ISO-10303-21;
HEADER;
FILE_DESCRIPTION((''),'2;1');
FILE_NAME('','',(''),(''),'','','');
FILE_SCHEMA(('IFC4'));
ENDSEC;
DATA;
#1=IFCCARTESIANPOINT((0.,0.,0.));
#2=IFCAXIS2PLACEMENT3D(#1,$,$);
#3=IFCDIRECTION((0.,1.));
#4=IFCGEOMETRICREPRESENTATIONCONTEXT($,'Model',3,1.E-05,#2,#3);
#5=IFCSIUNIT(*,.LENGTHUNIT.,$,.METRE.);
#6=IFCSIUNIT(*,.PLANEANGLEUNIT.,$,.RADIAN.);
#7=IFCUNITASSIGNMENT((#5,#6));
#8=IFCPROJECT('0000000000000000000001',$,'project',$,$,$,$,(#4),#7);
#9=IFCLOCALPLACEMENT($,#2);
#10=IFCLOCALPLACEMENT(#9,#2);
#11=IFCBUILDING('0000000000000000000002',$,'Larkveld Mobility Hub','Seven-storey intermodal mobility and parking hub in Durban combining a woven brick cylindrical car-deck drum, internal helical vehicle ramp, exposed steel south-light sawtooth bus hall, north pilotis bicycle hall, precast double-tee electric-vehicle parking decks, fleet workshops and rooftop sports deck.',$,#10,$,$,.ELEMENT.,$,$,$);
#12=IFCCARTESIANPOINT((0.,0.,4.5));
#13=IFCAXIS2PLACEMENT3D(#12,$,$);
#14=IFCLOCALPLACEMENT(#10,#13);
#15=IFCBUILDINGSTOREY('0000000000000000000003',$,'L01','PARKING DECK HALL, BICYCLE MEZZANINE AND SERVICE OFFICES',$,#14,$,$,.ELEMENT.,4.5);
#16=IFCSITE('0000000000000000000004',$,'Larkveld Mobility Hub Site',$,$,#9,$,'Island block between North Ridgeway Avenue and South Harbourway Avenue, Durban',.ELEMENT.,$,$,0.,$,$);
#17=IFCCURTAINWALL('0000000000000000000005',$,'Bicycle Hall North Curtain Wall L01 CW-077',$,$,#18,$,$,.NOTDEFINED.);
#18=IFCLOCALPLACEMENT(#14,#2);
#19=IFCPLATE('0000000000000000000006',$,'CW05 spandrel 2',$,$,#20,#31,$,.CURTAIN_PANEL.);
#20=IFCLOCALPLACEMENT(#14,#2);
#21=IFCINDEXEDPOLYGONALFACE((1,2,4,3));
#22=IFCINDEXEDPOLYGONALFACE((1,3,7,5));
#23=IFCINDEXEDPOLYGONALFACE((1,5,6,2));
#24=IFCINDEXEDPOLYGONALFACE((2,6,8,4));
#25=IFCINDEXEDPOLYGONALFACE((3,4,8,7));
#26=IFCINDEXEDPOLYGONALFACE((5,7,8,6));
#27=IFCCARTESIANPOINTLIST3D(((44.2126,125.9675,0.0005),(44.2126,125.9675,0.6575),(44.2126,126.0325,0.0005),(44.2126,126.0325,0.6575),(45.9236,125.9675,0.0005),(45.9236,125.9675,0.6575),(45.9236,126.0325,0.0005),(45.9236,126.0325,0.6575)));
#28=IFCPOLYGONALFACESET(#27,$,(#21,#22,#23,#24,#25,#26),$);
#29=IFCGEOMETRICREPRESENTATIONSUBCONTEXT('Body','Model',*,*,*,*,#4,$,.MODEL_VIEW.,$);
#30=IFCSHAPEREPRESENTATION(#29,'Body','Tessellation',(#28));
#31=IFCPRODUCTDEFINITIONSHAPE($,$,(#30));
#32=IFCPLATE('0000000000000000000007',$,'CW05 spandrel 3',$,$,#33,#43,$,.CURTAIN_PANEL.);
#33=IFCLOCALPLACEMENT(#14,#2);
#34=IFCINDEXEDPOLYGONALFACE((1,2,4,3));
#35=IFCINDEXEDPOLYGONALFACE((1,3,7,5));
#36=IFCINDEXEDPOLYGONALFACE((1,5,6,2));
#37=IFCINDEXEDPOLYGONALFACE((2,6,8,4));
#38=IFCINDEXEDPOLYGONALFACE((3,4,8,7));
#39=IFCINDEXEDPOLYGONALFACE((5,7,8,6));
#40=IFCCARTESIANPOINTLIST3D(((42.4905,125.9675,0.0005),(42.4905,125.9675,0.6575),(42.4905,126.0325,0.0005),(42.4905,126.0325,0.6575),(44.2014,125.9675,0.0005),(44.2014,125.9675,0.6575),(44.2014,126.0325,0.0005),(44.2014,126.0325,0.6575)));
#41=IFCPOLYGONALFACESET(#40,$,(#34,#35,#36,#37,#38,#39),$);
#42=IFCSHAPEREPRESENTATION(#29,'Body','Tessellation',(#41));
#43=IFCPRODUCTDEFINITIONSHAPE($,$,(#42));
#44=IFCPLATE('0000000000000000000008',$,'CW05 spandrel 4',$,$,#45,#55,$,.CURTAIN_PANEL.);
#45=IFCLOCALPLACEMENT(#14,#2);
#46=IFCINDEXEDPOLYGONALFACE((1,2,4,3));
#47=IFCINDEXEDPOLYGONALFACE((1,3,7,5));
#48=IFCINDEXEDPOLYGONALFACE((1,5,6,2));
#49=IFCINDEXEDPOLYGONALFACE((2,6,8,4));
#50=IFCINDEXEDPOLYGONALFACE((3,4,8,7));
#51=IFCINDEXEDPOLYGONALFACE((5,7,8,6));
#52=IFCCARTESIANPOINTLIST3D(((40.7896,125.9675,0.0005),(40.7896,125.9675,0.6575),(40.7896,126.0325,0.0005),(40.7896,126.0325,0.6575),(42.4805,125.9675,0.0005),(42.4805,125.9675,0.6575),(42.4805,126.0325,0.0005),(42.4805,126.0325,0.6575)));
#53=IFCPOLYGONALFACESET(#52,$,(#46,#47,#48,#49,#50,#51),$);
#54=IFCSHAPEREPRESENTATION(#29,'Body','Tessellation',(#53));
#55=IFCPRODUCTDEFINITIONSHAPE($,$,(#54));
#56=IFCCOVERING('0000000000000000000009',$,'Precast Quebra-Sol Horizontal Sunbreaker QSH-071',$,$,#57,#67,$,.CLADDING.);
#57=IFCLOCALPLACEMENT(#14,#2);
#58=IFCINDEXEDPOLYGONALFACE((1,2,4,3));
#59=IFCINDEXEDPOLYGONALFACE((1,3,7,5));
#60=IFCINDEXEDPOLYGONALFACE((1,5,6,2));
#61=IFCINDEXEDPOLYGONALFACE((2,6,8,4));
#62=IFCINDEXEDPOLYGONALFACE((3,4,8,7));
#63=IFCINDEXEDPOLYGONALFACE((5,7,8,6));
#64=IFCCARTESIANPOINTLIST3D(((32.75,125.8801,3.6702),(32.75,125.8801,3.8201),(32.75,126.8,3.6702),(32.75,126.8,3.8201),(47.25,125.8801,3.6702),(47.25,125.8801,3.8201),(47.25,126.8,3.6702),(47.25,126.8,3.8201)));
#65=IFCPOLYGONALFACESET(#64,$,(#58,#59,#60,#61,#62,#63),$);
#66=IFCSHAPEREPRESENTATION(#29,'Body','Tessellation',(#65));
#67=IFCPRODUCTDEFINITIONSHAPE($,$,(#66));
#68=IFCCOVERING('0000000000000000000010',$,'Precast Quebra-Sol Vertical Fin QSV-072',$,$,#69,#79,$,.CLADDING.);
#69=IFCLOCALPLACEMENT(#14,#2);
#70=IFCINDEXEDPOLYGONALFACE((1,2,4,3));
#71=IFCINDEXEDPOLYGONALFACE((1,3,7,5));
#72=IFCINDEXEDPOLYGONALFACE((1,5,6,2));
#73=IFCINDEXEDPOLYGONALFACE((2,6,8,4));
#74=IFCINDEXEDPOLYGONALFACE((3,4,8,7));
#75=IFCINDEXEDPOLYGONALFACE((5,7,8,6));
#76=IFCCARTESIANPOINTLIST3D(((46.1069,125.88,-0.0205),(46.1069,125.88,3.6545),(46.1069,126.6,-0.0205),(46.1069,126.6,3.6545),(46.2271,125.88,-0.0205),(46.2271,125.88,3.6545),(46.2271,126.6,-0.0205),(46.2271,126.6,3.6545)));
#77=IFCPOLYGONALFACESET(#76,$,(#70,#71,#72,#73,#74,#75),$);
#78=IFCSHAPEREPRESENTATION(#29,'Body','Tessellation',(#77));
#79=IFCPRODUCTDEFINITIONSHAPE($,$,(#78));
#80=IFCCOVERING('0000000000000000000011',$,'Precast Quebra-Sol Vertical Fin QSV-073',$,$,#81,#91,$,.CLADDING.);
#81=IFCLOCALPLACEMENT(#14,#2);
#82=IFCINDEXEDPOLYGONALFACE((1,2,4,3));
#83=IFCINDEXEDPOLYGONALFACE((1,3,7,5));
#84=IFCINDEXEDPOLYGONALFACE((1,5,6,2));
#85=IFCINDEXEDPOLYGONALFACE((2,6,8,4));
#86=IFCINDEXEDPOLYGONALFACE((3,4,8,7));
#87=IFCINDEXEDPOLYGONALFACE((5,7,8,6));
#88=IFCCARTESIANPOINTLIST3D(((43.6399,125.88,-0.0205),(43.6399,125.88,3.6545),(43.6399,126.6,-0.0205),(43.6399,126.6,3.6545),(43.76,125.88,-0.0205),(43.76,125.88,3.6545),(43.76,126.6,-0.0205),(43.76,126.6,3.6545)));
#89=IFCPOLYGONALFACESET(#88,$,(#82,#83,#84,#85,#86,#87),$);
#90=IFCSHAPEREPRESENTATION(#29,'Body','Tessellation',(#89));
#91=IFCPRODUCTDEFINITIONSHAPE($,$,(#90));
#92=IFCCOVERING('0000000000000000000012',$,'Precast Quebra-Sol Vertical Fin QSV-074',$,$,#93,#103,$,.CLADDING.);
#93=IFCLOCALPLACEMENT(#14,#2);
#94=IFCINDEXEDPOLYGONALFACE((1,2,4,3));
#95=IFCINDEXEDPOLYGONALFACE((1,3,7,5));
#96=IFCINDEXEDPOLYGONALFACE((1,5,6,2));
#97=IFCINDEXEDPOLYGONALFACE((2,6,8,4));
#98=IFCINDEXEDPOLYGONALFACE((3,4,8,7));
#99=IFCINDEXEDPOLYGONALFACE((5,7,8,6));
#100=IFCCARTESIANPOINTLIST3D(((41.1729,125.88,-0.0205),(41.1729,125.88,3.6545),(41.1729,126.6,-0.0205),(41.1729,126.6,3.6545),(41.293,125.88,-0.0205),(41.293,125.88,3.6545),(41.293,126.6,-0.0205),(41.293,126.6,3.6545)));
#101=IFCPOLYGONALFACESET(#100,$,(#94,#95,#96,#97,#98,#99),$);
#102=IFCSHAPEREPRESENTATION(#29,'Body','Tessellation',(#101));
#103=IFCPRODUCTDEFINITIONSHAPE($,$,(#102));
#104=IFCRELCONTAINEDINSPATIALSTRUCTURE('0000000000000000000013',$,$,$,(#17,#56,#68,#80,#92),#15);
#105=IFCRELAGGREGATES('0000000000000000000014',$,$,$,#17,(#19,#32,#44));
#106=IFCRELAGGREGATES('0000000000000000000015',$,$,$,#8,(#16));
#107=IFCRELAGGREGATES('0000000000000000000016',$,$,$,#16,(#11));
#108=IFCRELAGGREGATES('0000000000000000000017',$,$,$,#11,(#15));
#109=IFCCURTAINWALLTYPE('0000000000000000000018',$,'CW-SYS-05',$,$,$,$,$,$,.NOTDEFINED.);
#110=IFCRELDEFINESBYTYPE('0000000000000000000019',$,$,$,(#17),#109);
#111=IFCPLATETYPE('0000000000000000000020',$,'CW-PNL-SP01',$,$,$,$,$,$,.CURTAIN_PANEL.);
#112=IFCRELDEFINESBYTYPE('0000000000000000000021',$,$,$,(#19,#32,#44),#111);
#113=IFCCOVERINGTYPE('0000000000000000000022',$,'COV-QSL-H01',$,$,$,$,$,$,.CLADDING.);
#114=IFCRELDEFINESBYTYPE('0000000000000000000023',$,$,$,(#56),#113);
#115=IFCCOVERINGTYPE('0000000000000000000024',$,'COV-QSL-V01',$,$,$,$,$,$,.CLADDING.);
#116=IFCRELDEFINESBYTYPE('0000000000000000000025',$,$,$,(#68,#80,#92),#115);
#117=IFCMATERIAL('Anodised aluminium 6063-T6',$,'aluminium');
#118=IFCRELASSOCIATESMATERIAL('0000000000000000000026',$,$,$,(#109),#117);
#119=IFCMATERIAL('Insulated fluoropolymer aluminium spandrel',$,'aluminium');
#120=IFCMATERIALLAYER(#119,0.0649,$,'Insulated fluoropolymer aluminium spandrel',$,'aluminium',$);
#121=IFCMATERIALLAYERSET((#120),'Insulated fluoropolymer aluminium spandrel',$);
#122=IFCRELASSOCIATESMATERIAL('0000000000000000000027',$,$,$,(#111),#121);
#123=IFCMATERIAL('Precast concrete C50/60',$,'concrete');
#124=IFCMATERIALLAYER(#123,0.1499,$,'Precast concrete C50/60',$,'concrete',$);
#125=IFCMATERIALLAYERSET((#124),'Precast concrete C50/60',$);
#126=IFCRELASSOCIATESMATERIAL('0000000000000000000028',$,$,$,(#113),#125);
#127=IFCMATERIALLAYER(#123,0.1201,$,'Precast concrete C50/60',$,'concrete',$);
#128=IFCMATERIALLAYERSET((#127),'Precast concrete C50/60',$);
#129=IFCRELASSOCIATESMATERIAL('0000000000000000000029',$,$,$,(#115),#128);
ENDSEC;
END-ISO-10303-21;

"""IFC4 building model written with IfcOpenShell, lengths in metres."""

from ifc_helpers import new_model, si_unit, direction, frame, origin, origin_2d, place, context, subcontext, project, spatial, rectangle, extrude, material, layer, layer_set, type_object, element, aggregate, save


model = new_model("IFC4")

# Units and contexts
model_context = context("Model", 3, precision=1e-05, world=origin(), true_north=direction((0.0, 1.0)))
body_context = subcontext(model_context, "Body", "Model", "MODEL_VIEW")
ifc_project = project(units=[si_unit("LENGTHUNIT", "METRE"), si_unit("PLANEANGLEUNIT", "RADIAN")], contexts=[model_context])

# Site, building, storey
site_placement = place(None, origin())
site = spatial("IfcSite", under=ifc_project, at=site_placement, Name="Larkveld Mobility Hub Site", LongName="Island block between North Ridgeway Avenue and South Harbourway Avenue, Durban", CompositionType="ELEMENT", RefElevation=0.0)
building_placement = place(site_placement, origin())
building = spatial("IfcBuilding", under=site, at=building_placement, Name="Larkveld Mobility Hub", Description="Seven-storey intermodal mobility and parking hub in Durban combining a woven brick cylindrical car-deck drum, internal helical vehicle ramp, exposed steel south-light sawtooth bus hall, north pilotis bicycle hall, precast double-tee electric-vehicle parking decks, fleet workshops and rooftop sports deck.", CompositionType="ELEMENT")
storey_placement = place(building_placement, frame((0.0, 0.0, 4.5)))
storey = spatial("IfcBuildingStorey", under=building, at=storey_placement, Name="L01", Description="PARKING DECK HALL, BICYCLE MEZZANINE AND SERVICE OFFICES", CompositionType="ELEMENT", Elevation=4.5)

# Shared definitions
ifc_material_1 = material(Name="Precast concrete C50/60", Category="concrete")

# Curtain wall
ifc_material_2 = material(Name="Anodised aluminium 6063-T6", Category="aluminium")
curtain_wall_type_1 = type_object("IfcCurtainWallType", Name="CW-SYS-05", PredefinedType="NOTDEFINED", material=ifc_material_2)
curtain_wall_1_placement = place(storey_placement, origin())
curtain_wall_1 = element("IfcCurtainWall", 1, at=curtain_wall_1_placement, inside=storey, type_object=curtain_wall_type_1, Name="Bicycle Hall North Curtain Wall L01 CW-077", PredefinedType="NOTDEFINED")

# Plates
ifc_material_3 = material(Name="Insulated fluoropolymer aluminium spandrel", Category="aluminium")
ifc_layer_1 = layer(ifc_material_3, 0.0649, Name="Insulated fluoropolymer aluminium spandrel", Category="aluminium")
ifc_layer_set_1 = layer_set([ifc_layer_1], Name="Insulated fluoropolymer aluminium spandrel")
plate_type_1 = type_object("IfcPlateType", Name="CW-PNL-SP01", PredefinedType="CURTAIN_PANEL", material=ifc_layer_set_1)
plate_1_placement = place(storey_placement, frame((45.0681, 126.0, 0.0005), z_axis=(0.0, 0.0, 1.0), x_axis=(-1.0, 0.0, 0.0)))
plate_1 = element("IfcPlate", 2, at=plate_1_placement, type_object=plate_type_1, Name="CW05 spandrel 2", PredefinedType="CURTAIN_PANEL", context=body_context, shape_type="SweptSolid", body=[
    extrude(rectangle(XDim=1.7109, YDim=0.0649, at=origin_2d()), origin(), (0.0, 0.0, 1.0), 0.657),
])
plate_2_placement = place(storey_placement, frame((43.3459, 126.0, 0.0005), z_axis=(0.0, 0.0, 1.0), x_axis=(-1.0, 0.0, 0.0)))
plate_2 = element("IfcPlate", 3, at=plate_2_placement, type_object=plate_type_1, Name="CW05 spandrel 3", PredefinedType="CURTAIN_PANEL", context=body_context, shape_type="SweptSolid", body=[
    extrude(rectangle(XDim=1.7109, YDim=0.0649, at=origin_2d()), origin(), (0.0, 0.0, 1.0), 0.657),
])
plate_3_placement = place(storey_placement, frame((41.635, 126.0, 0.0005), z_axis=(0.0, 0.0, 1.0), x_axis=(-1.0, 0.0, 0.0)))
plate_3 = element("IfcPlate", 4, at=plate_3_placement, type_object=plate_type_1, Name="CW05 spandrel 4", PredefinedType="CURTAIN_PANEL", context=body_context, shape_type="SweptSolid", body=[
    extrude(rectangle(XDim=1.6909, YDim=0.0649, at=origin_2d()), origin(), (0.0, 0.0, 1.0), 0.657),
])
aggregate(curtain_wall_1, [plate_1, plate_2, plate_3])

# Coverings
ifc_layer_2 = layer(ifc_material_1, 0.1499, Name="Precast concrete C50/60", Category="concrete")
ifc_layer_set_2 = layer_set([ifc_layer_2], Name="Precast concrete C50/60")
covering_type_1 = type_object("IfcCoveringType", Name="COV-QSL-H01", PredefinedType="CLADDING", material=ifc_layer_set_2)
covering_placement = place(storey_placement, frame((40.0, 126.3401, 3.6702), z_axis=(0.0, 0.0, 1.0), x_axis=(-1.0, 0.0, 0.0)))
element("IfcCovering", 5, at=covering_placement, inside=storey, type_object=covering_type_1, Name="Precast Quebra-Sol Horizontal Sunbreaker QSH-071", PredefinedType="CLADDING", context=body_context, shape_type="SweptSolid", body=[
    extrude(rectangle(XDim=14.5, YDim=0.9199, at=origin_2d()), origin(), (0.0, 0.0, 1.0), 0.1499),
])
ifc_layer_3 = layer(ifc_material_1, 0.1201, Name="Precast concrete C50/60", Category="concrete")
ifc_layer_set_3 = layer_set([ifc_layer_3], Name="Precast concrete C50/60")
covering_type_2 = type_object("IfcCoveringType", Name="COV-QSL-V01", PredefinedType="CLADDING", material=ifc_layer_set_3)
for number, where, z_axis, x_axis, name in (
    (6, (46.167, 126.24, -0.0205), (0.0, 0.0, 1.0), (-1.0, 0.0, 0.0), "Precast Quebra-Sol Vertical Fin QSV-072"),
    (7, (43.7, 126.24, -0.0205), (0.0, 0.0, 1.0), (-1.0, 0.0, 0.0), "Precast Quebra-Sol Vertical Fin QSV-073"),
    (8, (41.2329, 126.24, -0.0205), (0.0, 0.0, 1.0), (-1.0, 0.0, 0.0), "Precast Quebra-Sol Vertical Fin QSV-074"),
):
    element("IfcCovering", number, at=place(storey_placement, frame(where, z_axis=z_axis, x_axis=x_axis)), inside=storey, type_object=covering_type_2, Name=name, PredefinedType="CLADDING", context=body_context, shape_type="SweptSolid", body=[
        extrude(rectangle(XDim=0.1201, YDim=0.72, at=origin_2d()), origin(), (0.0, 0.0, 1.0), 3.675),
    ])

save(model, "model.ifc")
